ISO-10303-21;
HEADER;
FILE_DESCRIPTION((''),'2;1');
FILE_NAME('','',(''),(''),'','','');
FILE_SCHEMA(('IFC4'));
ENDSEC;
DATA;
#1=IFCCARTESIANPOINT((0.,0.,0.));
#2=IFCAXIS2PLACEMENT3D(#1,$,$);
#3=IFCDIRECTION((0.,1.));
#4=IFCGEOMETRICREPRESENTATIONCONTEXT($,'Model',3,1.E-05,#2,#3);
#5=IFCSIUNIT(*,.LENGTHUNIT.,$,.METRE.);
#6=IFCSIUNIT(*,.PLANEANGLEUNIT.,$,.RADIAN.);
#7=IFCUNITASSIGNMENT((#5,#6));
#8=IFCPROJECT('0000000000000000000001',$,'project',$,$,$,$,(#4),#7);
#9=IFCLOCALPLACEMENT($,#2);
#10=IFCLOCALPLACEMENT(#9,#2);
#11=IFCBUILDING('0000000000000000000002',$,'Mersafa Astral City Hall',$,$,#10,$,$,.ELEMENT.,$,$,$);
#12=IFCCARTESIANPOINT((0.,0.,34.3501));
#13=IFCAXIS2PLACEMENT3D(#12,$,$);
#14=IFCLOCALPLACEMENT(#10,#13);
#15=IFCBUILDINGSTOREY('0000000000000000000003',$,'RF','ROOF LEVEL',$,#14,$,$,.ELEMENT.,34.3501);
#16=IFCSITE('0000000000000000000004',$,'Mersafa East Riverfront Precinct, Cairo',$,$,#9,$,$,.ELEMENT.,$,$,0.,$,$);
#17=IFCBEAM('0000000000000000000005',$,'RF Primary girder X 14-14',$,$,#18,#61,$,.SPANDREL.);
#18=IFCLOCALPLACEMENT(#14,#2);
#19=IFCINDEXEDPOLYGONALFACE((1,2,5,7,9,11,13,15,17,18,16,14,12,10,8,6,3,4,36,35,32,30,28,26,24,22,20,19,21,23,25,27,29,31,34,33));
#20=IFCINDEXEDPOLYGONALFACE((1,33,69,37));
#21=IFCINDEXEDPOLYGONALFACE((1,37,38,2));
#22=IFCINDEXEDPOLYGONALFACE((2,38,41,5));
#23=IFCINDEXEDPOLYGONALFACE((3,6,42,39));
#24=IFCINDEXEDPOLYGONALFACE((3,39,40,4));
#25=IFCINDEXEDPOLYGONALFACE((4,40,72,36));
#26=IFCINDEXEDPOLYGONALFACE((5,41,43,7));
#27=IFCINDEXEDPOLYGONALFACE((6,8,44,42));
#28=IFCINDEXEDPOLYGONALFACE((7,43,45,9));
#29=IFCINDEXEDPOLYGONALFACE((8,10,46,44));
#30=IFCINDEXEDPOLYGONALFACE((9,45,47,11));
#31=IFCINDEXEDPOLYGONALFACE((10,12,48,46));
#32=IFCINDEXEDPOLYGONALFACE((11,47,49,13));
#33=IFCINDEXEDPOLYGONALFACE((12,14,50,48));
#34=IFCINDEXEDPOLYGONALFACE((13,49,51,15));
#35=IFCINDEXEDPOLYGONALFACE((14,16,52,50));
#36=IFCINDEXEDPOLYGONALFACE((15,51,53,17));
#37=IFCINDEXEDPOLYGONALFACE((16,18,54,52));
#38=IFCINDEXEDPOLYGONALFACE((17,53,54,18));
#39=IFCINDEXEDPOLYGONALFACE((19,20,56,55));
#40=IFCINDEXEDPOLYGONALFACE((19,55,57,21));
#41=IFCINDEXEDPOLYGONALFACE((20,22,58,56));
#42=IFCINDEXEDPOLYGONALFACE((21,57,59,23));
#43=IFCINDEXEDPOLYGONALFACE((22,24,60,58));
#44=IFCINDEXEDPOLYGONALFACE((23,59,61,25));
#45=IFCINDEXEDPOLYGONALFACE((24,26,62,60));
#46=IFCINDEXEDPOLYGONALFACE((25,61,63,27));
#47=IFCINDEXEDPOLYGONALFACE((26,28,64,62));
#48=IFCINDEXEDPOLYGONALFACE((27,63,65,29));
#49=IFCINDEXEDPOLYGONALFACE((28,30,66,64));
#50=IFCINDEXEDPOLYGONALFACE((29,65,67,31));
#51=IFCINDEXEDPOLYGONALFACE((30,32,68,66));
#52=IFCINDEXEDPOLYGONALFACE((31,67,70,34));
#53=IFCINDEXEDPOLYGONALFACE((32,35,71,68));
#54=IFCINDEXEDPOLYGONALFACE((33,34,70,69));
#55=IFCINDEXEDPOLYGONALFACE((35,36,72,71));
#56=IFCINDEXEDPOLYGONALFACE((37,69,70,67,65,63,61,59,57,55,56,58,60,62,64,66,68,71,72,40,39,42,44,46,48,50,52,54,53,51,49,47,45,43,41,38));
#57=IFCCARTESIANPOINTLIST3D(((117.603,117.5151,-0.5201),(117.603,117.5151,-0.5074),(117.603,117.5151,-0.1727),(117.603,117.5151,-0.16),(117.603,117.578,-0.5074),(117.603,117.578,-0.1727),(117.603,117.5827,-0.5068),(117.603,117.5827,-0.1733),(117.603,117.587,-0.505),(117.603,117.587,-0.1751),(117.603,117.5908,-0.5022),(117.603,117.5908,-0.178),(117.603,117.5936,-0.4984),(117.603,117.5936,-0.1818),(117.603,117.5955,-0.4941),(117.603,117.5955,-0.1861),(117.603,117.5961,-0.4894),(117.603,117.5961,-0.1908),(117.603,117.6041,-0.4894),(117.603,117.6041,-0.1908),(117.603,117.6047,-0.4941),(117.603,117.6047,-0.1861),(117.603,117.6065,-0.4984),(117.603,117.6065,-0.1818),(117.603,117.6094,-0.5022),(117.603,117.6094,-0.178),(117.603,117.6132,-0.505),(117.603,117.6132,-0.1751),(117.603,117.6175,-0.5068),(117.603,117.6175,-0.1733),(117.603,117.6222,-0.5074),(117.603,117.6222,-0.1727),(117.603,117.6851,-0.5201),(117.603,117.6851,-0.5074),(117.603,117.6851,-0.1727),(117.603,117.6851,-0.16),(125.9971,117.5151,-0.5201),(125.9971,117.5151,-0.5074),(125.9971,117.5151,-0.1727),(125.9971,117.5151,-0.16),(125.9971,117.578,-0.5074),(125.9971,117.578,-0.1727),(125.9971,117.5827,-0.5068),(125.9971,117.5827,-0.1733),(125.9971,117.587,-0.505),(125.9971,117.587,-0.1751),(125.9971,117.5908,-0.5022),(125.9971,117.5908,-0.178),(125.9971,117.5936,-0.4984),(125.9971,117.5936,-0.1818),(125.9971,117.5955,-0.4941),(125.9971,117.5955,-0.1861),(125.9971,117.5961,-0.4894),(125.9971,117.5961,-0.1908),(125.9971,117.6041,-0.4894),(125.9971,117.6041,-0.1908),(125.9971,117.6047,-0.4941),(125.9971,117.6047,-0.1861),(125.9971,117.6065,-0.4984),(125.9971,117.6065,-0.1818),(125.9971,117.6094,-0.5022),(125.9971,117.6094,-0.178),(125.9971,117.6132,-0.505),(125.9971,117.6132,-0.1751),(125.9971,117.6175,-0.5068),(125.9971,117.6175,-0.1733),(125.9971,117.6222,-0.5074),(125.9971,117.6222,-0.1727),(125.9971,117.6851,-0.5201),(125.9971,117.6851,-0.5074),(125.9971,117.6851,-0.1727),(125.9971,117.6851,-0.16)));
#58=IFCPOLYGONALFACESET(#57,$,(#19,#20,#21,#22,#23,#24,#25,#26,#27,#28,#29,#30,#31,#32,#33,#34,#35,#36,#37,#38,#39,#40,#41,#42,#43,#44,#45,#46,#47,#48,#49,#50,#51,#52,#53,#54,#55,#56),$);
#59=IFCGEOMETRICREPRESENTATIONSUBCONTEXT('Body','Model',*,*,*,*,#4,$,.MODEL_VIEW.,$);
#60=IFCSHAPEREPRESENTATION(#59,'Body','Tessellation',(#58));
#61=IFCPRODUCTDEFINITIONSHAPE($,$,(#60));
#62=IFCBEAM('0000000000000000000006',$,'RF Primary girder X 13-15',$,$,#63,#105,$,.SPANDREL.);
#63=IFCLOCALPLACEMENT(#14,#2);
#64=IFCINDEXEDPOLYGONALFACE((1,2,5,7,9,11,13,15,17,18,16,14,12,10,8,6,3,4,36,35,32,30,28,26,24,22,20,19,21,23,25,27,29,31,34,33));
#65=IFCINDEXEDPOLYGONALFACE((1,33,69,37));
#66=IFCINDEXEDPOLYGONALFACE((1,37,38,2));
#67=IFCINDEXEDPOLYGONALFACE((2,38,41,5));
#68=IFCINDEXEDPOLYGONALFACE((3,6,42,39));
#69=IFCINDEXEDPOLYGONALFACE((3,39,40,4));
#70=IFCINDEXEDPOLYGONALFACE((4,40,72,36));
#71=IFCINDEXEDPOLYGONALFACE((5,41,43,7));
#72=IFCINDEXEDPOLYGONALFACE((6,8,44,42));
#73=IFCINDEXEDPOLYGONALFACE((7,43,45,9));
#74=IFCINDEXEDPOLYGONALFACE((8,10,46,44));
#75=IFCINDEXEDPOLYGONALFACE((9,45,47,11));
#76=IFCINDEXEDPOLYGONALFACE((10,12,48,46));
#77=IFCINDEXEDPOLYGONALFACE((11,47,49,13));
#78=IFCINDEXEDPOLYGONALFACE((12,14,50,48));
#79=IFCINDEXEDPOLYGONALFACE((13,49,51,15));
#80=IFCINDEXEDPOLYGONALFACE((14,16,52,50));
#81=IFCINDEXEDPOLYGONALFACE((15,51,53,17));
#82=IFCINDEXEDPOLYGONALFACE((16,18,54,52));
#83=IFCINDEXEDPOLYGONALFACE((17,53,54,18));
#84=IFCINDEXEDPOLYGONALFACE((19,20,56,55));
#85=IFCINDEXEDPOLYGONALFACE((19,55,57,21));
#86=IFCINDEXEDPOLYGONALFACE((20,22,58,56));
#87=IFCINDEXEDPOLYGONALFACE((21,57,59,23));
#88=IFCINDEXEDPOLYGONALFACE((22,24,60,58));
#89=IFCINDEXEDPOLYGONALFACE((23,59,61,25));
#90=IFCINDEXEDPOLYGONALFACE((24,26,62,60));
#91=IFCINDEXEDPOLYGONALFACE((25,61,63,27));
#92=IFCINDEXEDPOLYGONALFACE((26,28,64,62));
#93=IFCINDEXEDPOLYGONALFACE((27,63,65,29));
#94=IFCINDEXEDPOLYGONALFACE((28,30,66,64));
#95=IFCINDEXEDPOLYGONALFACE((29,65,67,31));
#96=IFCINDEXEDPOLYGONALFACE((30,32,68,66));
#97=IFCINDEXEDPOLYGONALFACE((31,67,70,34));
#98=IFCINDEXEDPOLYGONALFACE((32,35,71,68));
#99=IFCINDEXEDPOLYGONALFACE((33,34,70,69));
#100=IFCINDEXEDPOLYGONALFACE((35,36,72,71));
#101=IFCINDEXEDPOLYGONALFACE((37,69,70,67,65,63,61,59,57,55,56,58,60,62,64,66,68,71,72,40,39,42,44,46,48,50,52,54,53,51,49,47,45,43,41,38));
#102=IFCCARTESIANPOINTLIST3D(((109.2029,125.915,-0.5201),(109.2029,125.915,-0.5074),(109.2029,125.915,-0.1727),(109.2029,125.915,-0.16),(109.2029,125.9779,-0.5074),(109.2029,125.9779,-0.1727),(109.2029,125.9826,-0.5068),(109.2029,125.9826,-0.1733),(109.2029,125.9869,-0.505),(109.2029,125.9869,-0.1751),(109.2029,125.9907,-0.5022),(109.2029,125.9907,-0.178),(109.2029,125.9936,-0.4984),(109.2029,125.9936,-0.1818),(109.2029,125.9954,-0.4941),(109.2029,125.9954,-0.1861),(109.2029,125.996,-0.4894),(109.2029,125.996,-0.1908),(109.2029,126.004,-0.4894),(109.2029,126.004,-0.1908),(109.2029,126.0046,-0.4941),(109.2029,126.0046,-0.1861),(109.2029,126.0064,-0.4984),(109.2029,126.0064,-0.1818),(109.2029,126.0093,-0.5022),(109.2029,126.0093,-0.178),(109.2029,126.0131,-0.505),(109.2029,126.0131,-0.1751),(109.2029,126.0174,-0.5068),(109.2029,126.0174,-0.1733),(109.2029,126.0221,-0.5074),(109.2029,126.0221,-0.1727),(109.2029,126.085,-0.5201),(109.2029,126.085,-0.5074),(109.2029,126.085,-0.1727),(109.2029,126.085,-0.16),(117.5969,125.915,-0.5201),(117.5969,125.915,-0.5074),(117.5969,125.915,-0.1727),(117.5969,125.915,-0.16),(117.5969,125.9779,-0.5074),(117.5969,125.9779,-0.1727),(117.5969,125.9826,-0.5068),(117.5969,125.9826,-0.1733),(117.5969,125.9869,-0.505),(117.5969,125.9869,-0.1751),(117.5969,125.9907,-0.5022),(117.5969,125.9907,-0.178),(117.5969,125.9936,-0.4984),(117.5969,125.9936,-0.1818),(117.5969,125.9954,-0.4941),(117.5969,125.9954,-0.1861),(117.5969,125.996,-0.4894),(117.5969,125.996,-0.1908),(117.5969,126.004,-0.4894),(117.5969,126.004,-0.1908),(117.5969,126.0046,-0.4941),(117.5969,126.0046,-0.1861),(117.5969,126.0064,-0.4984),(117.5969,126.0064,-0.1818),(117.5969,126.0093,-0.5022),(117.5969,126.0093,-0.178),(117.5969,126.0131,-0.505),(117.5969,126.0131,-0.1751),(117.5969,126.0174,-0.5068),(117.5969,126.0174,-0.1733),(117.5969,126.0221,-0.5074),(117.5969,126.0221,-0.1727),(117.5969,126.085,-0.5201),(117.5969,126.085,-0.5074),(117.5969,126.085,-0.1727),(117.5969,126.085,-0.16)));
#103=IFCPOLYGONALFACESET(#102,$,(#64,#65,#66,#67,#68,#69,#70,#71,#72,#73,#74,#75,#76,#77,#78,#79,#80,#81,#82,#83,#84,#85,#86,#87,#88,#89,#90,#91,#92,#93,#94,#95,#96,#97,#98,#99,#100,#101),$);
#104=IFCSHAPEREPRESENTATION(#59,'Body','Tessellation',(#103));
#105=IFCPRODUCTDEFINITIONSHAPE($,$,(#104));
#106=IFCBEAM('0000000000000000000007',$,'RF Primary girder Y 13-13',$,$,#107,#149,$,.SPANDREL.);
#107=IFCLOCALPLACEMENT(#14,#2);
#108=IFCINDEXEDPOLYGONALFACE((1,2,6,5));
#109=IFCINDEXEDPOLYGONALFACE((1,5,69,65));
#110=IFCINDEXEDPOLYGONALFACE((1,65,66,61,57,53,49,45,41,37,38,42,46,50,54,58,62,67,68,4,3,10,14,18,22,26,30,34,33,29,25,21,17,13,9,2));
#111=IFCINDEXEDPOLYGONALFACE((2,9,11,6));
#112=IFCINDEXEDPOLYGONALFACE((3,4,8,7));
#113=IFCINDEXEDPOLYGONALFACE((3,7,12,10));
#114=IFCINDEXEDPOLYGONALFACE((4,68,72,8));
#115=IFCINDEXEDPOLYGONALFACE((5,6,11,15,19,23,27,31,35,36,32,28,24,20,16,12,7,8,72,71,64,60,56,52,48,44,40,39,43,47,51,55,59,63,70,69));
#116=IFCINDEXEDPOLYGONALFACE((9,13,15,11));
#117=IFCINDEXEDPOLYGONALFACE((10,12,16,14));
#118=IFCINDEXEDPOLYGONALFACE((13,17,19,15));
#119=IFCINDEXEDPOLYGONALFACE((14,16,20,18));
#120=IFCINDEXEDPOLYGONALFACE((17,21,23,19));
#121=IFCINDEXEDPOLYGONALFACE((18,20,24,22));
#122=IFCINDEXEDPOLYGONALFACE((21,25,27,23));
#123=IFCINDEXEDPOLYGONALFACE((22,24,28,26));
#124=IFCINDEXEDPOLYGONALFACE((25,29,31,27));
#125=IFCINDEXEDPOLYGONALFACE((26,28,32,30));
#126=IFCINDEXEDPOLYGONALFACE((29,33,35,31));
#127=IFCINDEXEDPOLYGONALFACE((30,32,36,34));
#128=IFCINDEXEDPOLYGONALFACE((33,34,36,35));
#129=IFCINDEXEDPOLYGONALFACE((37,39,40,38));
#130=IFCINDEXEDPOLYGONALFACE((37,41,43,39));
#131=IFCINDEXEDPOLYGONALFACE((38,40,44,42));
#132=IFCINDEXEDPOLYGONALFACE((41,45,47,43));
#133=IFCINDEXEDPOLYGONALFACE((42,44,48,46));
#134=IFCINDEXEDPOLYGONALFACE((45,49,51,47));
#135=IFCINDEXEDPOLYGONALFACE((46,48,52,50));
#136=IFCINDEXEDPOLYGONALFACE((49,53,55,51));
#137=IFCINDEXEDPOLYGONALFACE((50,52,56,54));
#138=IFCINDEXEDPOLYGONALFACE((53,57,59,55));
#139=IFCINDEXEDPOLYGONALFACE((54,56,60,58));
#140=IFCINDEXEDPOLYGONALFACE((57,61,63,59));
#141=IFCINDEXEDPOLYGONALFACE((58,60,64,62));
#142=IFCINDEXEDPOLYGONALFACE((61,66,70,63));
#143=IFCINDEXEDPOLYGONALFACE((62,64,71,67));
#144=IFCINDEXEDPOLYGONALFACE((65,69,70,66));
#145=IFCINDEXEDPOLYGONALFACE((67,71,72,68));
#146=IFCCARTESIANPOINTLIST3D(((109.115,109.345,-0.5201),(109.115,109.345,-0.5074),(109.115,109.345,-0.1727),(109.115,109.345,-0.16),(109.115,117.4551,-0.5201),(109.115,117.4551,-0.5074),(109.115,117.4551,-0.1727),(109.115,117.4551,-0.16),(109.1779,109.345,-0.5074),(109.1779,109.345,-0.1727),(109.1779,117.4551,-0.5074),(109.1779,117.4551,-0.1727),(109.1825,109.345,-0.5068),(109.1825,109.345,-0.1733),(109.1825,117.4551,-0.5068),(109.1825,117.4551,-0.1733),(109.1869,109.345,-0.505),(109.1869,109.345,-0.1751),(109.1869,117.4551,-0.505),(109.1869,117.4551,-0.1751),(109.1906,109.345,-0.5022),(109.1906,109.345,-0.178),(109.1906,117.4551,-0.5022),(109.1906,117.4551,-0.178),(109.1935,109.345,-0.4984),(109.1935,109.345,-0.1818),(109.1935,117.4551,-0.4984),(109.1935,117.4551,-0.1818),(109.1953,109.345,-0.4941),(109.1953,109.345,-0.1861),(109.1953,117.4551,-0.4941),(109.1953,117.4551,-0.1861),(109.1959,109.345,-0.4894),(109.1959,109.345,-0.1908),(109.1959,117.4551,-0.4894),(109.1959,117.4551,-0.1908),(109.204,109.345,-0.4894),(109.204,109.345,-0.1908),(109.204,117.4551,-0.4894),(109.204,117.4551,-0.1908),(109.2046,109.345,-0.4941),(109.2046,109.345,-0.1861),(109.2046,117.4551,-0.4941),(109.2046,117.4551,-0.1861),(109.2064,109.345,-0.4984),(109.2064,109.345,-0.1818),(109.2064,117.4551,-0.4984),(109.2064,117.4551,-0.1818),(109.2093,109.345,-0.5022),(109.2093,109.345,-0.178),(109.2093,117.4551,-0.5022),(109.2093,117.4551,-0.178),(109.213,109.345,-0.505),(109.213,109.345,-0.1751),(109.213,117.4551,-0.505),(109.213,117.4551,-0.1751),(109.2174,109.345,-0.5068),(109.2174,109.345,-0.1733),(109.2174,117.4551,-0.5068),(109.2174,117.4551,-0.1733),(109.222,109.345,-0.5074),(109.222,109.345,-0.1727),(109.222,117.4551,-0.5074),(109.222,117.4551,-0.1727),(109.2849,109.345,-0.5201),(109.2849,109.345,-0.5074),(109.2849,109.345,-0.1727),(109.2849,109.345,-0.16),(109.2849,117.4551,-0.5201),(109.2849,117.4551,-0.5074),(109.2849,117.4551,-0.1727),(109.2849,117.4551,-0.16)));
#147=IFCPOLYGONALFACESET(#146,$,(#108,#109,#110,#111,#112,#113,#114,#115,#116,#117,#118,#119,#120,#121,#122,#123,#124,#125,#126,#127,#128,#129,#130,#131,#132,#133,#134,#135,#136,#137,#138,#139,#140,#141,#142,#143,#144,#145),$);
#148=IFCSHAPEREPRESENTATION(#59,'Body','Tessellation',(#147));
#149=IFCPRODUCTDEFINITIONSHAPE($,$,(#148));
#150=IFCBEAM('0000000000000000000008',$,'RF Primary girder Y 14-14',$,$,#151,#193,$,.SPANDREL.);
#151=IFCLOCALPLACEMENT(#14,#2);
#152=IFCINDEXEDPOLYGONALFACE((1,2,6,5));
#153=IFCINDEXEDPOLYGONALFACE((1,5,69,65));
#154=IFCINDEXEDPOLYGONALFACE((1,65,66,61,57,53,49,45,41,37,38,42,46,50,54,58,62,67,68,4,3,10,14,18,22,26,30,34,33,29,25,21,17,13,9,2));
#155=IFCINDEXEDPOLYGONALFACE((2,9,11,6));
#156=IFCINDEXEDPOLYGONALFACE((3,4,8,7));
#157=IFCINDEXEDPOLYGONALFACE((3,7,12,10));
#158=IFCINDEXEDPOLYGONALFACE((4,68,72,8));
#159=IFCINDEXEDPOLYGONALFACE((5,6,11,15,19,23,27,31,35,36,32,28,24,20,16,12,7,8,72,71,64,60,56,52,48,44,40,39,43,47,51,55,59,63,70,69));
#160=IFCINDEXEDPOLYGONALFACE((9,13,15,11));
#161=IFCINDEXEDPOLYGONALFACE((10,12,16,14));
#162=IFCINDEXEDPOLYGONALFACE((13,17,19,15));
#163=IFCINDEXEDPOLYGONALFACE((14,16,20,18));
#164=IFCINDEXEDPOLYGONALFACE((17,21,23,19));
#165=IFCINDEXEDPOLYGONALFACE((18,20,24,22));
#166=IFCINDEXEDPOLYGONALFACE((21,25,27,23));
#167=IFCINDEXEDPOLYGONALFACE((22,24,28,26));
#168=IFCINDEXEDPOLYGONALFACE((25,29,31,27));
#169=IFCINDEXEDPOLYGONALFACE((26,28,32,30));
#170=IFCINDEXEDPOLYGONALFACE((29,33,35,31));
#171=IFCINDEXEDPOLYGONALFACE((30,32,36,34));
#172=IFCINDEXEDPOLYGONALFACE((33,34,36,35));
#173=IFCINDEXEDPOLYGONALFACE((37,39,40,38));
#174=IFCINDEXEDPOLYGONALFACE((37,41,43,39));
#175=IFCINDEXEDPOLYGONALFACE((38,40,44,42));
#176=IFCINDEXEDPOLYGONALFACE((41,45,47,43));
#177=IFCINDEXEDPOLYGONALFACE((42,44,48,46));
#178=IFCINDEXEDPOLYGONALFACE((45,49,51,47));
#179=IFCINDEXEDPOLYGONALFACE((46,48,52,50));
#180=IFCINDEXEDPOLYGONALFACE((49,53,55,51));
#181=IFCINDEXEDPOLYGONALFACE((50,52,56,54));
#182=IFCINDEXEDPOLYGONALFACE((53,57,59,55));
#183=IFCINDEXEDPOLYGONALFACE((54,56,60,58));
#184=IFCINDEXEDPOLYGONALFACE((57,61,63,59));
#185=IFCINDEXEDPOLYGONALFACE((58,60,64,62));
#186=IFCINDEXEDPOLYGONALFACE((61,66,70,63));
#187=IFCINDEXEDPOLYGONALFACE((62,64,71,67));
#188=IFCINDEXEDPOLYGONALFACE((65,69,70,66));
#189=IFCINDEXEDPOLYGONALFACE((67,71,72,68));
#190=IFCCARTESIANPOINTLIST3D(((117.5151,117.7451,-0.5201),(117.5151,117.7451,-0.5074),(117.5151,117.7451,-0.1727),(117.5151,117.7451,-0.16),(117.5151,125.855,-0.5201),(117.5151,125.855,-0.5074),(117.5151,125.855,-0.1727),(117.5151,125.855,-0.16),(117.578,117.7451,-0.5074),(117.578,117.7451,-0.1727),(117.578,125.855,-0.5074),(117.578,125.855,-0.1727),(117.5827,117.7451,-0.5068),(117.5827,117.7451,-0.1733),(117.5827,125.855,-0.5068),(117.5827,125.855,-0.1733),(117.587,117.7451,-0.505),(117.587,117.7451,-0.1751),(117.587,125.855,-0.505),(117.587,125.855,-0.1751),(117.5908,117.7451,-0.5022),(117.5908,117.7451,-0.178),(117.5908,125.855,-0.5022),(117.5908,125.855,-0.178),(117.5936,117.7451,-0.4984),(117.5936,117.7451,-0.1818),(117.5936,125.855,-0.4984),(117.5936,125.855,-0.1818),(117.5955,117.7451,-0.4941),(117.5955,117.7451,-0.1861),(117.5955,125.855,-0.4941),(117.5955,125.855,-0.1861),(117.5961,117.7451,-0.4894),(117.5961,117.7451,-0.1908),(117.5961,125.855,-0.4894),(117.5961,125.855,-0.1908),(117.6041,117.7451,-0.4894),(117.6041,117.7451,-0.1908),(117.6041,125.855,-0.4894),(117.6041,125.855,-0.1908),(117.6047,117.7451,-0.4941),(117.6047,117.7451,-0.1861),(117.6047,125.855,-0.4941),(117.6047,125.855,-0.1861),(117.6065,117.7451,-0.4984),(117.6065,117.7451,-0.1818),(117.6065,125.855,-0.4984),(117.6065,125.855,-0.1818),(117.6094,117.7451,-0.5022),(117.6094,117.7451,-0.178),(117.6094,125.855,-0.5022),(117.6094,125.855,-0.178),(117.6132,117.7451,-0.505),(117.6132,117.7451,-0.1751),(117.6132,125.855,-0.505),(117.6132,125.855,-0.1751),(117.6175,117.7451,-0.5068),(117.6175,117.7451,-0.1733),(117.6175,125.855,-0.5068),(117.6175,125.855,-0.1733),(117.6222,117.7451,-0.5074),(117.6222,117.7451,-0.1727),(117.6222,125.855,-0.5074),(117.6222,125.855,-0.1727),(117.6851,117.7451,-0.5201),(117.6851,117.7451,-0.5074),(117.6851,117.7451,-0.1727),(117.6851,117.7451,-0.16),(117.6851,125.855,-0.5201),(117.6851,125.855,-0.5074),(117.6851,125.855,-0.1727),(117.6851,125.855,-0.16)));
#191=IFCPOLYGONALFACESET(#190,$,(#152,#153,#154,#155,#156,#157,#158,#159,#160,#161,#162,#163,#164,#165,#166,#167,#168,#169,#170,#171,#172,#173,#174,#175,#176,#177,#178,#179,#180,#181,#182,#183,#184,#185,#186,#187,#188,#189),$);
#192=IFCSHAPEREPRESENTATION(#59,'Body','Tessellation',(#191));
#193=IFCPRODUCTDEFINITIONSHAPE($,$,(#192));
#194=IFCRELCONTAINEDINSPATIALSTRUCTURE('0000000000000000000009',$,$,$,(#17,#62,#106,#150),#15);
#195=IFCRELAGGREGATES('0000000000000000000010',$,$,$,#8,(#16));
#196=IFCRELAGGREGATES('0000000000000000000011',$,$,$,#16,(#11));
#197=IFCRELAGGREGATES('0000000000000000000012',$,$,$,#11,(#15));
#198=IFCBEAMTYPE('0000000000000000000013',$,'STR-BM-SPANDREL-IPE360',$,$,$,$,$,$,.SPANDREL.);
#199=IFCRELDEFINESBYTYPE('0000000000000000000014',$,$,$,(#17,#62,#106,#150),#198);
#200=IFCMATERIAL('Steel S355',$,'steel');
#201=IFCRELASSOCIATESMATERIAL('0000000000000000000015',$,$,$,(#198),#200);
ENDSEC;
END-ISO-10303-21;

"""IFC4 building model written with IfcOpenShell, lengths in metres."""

from ifc_helpers import new_model, si_unit, direction, frame, origin, origin_2d, place, context, subcontext, project, spatial, i_section, extrude, material, material_profile, profile_set, type_object, element, save


model = new_model("IFC4")

# Units and contexts
model_context = context("Model", 3, precision=1e-05, world=origin(), true_north=direction((0.0, 1.0)))
body_context = subcontext(model_context, "Body", "Model", "MODEL_VIEW")
ifc_project = project(units=[si_unit("LENGTHUNIT", "METRE"), si_unit("PLANEANGLEUNIT", "RADIAN")], contexts=[model_context])

# Site, building, storey
site_placement = place(None, origin())
site = spatial("IfcSite", under=ifc_project, at=site_placement, Name="Mersafa East Riverfront Precinct, Cairo", CompositionType="ELEMENT", RefElevation=0.0)
building_placement = place(site_placement, origin())
building = spatial("IfcBuilding", under=site, at=building_placement, Name="Mersafa Astral City Hall", CompositionType="ELEMENT")
storey_placement = place(building_placement, frame((0.0, 0.0, 34.3501)))
storey = spatial("IfcBuildingStorey", under=building, at=storey_placement, Name="RF", Description="ROOF LEVEL", CompositionType="ELEMENT", Elevation=34.3501)

# Shared definitions
ifc_material_1 = material(Name="Steel S355", Category="steel")

# Beams
ifc_material_profile_1 = material_profile(ifc_material_1, i_section(OverallWidth=0.1699, OverallDepth=0.3601, WebThickness=0.0081, FlangeThickness=0.0127, FilletRadius=0.0181, at=origin_2d()), Name="IPE 360")
ifc_profile_set_1 = profile_set([ifc_material_profile_1], Name="Steel S355")
beam_type_1 = type_object("IfcBeamType", Name="STR-BM-SPANDREL-IPE360", PredefinedType="SPANDREL", material=ifc_profile_set_1)
for number, where, z_axis, x_axis, name in (
    (1, (117.603, 117.6001, -0.3401), (1.0, 0.0, 0.0), (0.0, 1.0, 0.0), "RF Primary girder X 14-14"),
    (2, (109.2029, 126.0, -0.3401), (1.0, 0.0, 0.0), (0.0, 1.0, 0.0), "RF Primary girder X 13-15"),
):
    element("IfcBeam", number, at=place(storey_placement, frame(where, z_axis=z_axis, x_axis=x_axis)), inside=storey, type_object=beam_type_1, Name=name, PredefinedType="SPANDREL", context=body_context, shape_type="SweptSolid", body=[
        extrude(i_section(OverallWidth=0.1699, OverallDepth=0.3601, WebThickness=0.0081, FlangeThickness=0.0127, FilletRadius=0.0181, at=origin_2d()), origin(), (0.0, 0.0, 1.0), 8.394),
    ])
beam_1_placement = place(storey_placement, frame((109.2, 109.345, -0.3401), z_axis=(0.0, 1.0, 0.0), x_axis=(-1.0, 0.0, 0.0)))
element("IfcBeam", 3, at=beam_1_placement, inside=storey, type_object=beam_type_1, Name="RF Primary girder Y 13-13", PredefinedType="SPANDREL", context=body_context, shape_type="SweptSolid", body=[
    extrude(i_section(OverallWidth=0.1699, OverallDepth=0.3601, WebThickness=0.0081, FlangeThickness=0.0127, FilletRadius=0.0181, at=origin_2d()), origin(), (0.0, 0.0, 1.0), 8.1101),
])
beam_2_placement = place(storey_placement, frame((117.6001, 117.7451, -0.3401), z_axis=(0.0, 1.0, 0.0), x_axis=(-1.0, 0.0, 0.0)))
element("IfcBeam", 4, at=beam_2_placement, inside=storey, type_object=beam_type_1, Name="RF Primary girder Y 14-14", PredefinedType="SPANDREL", context=body_context, shape_type="SweptSolid", body=[
    extrude(i_section(OverallWidth=0.1699, OverallDepth=0.3601, WebThickness=0.0081, FlangeThickness=0.0127, FilletRadius=0.0181, at=origin_2d()), origin(), (0.0, 0.0, 1.0), 8.1099),
])

save(model, "model.ifc")
